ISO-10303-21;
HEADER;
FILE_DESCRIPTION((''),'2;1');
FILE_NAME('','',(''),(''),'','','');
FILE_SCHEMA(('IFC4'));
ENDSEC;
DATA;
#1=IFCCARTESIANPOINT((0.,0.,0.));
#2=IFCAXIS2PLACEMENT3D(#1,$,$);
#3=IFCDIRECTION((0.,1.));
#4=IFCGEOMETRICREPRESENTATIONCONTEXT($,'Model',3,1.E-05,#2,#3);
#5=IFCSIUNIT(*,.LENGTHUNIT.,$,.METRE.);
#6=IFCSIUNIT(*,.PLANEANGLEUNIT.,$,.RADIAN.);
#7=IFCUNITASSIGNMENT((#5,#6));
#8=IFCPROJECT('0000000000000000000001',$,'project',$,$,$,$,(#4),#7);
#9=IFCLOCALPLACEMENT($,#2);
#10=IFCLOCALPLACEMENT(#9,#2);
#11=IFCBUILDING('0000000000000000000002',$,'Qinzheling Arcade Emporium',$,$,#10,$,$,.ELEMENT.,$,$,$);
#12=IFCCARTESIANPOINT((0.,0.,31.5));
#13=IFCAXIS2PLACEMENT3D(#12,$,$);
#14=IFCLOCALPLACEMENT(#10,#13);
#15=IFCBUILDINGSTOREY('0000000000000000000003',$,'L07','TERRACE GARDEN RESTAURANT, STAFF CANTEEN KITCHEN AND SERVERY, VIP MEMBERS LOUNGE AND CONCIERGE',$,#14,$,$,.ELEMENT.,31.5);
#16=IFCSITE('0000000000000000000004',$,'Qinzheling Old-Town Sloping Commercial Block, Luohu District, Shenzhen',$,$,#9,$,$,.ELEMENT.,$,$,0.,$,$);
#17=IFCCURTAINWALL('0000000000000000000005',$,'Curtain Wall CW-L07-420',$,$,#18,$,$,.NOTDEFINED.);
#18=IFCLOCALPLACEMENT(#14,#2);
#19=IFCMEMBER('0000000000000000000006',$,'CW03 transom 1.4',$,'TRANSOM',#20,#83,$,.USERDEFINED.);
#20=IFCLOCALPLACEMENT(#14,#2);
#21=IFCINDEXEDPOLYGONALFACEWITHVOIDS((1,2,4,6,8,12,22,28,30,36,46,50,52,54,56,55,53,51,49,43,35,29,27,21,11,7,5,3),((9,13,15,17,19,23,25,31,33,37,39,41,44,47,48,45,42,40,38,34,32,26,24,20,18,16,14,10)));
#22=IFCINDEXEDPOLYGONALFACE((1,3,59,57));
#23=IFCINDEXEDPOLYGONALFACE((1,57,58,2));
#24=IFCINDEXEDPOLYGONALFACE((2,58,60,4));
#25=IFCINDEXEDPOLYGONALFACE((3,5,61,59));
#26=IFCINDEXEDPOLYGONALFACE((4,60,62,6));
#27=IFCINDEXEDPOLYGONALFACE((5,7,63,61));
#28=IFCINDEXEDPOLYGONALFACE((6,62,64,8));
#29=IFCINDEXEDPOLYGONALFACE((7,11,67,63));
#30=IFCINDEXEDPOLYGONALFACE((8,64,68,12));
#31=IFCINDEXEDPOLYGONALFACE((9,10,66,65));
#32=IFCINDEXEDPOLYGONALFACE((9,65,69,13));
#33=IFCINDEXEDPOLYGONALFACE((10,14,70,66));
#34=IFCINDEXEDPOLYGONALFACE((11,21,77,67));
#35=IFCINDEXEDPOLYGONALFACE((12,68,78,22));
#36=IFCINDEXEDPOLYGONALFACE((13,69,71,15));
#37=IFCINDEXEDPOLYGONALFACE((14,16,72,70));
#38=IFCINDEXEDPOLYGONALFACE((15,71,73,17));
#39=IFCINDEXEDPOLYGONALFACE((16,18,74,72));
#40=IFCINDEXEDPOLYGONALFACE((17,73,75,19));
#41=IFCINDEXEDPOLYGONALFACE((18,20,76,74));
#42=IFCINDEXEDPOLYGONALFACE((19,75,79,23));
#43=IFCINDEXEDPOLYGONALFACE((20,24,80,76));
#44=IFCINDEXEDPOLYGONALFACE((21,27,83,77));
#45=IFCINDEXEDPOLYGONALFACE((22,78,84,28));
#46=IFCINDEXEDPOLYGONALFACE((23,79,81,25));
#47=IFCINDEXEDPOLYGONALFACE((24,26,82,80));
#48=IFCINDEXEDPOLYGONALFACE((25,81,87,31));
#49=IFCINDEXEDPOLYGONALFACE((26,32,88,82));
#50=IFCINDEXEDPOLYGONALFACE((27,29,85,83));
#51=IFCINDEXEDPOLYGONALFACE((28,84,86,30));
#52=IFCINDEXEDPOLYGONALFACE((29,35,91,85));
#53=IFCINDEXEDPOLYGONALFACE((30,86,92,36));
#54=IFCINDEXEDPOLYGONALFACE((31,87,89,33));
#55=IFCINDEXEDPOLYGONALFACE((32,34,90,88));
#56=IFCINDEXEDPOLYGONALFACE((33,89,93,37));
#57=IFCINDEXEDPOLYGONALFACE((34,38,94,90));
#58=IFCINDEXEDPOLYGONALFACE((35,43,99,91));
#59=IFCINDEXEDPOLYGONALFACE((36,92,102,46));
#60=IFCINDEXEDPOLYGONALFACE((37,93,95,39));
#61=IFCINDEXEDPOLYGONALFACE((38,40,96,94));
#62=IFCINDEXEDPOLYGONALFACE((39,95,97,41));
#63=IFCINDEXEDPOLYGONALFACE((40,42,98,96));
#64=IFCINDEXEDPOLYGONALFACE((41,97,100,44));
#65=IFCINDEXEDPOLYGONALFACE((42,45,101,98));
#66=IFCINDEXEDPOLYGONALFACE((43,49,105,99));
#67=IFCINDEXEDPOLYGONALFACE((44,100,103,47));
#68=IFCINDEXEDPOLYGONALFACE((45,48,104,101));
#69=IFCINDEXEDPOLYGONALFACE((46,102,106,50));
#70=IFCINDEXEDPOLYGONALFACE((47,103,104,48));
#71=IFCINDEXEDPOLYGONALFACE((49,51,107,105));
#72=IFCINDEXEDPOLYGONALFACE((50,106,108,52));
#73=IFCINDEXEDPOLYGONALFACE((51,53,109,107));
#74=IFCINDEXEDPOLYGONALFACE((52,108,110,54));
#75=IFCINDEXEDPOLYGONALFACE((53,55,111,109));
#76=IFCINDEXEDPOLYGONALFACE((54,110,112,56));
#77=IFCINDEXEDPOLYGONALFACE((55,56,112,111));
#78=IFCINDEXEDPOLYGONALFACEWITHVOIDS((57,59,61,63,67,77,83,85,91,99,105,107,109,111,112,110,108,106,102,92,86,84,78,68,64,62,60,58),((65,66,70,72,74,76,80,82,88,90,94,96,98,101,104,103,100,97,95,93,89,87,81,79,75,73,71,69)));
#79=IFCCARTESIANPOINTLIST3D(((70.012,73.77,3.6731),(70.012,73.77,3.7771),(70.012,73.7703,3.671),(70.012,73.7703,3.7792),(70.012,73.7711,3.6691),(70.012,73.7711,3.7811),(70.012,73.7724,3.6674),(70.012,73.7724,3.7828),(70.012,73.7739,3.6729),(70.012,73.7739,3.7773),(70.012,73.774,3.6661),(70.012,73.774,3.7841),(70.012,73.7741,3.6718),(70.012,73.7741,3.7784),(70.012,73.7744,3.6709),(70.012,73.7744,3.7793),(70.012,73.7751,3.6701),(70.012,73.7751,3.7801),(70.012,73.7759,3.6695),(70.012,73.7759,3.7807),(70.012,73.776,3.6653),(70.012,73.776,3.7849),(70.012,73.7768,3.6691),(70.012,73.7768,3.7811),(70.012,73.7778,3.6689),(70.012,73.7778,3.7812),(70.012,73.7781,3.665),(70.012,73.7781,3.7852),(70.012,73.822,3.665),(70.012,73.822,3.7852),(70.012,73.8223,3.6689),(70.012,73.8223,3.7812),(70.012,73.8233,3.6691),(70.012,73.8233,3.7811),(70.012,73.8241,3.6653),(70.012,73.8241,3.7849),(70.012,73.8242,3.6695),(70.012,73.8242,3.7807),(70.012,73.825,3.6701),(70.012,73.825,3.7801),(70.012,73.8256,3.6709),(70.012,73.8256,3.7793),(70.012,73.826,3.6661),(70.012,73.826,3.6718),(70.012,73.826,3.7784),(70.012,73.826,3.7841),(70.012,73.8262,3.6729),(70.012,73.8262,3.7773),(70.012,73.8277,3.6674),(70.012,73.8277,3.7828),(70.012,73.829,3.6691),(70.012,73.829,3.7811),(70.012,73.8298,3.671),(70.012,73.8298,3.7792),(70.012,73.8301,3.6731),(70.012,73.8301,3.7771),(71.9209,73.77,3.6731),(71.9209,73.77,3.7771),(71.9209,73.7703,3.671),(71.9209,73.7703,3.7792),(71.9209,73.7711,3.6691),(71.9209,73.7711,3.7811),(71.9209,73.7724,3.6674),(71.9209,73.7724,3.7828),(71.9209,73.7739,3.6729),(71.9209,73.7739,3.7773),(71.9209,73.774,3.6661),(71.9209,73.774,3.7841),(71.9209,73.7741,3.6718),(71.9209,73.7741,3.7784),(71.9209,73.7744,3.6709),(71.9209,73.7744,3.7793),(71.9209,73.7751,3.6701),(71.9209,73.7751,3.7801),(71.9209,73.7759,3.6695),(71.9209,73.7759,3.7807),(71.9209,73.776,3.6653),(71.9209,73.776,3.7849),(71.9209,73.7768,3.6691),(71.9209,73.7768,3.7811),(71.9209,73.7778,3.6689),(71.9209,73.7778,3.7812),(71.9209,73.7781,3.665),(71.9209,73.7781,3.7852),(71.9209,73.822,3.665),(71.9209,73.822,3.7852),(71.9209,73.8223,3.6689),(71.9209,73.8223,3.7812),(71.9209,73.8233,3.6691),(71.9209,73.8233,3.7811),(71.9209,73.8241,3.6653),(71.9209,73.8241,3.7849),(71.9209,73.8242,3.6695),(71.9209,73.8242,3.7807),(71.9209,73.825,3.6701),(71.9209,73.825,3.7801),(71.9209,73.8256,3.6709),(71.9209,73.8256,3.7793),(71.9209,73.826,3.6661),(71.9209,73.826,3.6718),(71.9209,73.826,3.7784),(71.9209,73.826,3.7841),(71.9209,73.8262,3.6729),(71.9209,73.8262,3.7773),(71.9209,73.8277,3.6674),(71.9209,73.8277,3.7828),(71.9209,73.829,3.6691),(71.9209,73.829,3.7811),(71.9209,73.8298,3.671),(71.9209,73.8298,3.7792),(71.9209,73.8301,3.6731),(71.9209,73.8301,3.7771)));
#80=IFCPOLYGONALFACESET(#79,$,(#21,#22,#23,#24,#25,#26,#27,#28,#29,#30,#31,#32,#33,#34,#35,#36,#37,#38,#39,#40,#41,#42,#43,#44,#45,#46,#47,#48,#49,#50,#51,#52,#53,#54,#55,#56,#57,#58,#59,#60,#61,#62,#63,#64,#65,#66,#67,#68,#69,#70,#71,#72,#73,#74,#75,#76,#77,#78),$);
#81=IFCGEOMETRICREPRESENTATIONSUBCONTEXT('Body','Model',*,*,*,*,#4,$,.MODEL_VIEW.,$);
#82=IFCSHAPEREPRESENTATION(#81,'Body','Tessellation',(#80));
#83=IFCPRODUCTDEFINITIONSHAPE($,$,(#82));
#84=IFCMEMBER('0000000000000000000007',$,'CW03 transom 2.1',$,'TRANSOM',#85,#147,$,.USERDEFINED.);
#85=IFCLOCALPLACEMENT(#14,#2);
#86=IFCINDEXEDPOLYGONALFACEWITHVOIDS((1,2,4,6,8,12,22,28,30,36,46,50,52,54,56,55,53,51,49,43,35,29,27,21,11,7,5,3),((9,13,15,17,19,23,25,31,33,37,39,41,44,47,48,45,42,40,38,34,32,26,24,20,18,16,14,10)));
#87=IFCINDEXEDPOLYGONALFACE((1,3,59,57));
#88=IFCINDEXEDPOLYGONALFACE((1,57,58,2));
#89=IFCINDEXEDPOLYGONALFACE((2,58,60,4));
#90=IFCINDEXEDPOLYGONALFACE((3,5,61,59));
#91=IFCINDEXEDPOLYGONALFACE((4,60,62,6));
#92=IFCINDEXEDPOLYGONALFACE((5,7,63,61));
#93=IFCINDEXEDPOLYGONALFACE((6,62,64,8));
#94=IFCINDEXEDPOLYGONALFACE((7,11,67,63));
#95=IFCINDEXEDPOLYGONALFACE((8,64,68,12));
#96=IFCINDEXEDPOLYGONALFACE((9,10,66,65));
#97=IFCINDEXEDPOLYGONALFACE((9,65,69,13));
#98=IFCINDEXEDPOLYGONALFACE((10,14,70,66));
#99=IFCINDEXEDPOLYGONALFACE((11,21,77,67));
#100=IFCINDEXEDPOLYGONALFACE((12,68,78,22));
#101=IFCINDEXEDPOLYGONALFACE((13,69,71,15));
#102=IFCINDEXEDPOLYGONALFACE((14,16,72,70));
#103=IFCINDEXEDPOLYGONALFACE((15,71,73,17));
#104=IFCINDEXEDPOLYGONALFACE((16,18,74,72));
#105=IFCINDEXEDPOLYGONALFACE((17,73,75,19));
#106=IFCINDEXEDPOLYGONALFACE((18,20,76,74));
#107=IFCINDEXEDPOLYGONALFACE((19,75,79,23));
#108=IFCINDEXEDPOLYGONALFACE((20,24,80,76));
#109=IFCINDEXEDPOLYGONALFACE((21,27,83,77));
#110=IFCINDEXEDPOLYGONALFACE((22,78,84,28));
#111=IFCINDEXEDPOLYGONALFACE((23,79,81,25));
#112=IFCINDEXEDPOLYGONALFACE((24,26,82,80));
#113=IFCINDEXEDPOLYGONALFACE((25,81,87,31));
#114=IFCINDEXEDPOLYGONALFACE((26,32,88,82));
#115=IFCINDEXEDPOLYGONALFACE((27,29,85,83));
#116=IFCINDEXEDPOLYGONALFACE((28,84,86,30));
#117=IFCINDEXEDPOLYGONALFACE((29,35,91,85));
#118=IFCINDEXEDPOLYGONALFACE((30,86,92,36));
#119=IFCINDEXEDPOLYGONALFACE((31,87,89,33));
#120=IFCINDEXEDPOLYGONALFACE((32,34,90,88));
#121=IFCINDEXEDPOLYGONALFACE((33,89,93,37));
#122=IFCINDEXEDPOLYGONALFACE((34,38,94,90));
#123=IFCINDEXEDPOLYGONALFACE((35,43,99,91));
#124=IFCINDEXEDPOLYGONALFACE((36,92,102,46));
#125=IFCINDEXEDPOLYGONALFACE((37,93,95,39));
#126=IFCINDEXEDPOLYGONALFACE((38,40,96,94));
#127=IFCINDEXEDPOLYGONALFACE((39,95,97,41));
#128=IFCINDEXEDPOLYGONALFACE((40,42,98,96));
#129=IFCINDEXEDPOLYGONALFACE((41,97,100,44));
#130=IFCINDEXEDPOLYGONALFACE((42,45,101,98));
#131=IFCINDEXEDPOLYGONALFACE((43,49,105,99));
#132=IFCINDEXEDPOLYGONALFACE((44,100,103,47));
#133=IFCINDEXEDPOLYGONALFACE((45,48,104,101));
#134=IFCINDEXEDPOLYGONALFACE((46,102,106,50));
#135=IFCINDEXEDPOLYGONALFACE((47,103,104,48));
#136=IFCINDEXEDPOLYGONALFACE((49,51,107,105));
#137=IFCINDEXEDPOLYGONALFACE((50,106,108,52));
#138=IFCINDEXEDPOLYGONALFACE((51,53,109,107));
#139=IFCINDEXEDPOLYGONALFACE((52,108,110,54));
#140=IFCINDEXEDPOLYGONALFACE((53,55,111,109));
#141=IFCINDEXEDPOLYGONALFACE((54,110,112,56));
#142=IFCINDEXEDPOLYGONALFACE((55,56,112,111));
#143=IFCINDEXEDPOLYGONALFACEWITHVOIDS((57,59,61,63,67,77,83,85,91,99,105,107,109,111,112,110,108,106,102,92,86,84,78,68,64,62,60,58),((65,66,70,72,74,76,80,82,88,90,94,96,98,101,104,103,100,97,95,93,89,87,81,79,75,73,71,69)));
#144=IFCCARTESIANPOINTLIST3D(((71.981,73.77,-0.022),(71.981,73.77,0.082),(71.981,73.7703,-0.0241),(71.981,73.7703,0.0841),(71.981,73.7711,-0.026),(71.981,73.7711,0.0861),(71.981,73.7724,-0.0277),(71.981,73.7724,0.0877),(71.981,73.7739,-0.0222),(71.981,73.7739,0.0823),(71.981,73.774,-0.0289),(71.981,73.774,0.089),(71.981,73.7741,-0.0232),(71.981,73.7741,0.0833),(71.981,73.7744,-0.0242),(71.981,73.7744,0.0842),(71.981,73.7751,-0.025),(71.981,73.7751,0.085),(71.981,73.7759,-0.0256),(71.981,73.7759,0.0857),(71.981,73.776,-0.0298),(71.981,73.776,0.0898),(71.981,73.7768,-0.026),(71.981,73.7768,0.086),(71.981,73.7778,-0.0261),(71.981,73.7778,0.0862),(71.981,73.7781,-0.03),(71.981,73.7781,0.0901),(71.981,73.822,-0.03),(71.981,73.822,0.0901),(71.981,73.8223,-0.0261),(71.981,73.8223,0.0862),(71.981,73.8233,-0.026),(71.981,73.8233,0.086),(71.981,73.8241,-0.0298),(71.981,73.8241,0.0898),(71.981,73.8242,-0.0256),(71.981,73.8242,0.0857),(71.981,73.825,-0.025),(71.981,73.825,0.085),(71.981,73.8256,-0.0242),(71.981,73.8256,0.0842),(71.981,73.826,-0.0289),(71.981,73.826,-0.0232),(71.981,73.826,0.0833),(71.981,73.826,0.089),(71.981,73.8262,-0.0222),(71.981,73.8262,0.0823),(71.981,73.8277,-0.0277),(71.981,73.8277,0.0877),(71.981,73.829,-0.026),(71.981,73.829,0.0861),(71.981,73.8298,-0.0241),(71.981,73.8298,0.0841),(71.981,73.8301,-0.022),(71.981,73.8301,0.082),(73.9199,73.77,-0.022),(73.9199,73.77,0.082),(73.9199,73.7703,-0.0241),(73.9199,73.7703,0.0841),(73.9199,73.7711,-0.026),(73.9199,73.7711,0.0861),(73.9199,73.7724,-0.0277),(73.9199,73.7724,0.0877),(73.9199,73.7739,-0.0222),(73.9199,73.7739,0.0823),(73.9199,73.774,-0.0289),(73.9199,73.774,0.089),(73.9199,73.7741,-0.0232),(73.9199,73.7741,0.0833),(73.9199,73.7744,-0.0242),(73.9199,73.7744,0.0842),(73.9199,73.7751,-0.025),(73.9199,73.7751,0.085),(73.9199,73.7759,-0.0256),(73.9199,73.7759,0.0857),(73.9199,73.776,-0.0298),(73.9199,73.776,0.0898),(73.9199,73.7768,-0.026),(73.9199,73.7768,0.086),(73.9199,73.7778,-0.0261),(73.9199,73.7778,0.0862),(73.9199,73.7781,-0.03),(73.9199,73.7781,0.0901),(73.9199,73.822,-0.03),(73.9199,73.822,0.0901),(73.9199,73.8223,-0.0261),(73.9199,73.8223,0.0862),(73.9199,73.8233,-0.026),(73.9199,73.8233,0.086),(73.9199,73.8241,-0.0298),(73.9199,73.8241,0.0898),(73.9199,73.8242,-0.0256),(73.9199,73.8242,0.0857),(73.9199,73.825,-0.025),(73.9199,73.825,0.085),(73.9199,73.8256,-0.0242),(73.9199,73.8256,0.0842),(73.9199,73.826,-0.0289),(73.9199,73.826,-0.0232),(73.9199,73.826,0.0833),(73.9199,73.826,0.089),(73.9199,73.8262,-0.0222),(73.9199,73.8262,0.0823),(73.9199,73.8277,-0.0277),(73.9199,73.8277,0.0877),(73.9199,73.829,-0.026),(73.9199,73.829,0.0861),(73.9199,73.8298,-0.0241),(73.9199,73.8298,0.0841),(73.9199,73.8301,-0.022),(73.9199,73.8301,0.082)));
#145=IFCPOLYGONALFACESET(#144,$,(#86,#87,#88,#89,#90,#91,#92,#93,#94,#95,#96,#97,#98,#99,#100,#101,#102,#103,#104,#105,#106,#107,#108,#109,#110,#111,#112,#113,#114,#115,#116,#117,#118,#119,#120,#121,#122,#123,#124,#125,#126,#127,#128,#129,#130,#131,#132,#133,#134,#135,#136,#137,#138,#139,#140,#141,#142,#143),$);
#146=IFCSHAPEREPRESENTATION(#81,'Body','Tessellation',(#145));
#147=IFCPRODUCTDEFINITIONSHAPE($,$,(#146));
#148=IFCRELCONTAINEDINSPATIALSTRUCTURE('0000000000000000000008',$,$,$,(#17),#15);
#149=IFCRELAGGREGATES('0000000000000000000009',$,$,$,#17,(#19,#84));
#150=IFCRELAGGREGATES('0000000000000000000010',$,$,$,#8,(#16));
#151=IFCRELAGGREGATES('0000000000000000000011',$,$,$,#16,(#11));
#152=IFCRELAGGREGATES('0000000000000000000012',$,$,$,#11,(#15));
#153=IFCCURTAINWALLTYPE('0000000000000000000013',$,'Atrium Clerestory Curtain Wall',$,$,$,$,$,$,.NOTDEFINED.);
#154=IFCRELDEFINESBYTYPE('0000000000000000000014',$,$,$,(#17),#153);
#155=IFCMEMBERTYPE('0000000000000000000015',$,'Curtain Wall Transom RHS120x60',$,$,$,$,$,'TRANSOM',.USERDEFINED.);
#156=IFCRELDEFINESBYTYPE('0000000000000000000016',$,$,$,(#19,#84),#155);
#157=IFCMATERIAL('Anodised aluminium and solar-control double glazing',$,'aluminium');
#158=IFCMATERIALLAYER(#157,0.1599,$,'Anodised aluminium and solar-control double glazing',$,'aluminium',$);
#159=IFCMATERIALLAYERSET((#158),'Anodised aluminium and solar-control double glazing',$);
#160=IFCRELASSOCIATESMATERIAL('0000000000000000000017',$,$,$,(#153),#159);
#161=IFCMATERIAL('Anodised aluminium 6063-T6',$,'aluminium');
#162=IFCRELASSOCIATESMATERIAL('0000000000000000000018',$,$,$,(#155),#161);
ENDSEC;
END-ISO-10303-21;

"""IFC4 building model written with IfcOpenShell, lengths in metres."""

from ifc_helpers import new_model, si_unit, direction, frame, origin, origin_2d, place, context, subcontext, project, spatial, hollow_rectangle, extrude, material, layer, layer_set, material_profile, profile_set, type_object, element, aggregate, save


model = new_model("IFC4")

# Units and contexts
model_context = context("Model", 3, precision=1e-05, world=origin(), true_north=direction((0.0, 1.0)))
body_context = subcontext(model_context, "Body", "Model", "MODEL_VIEW")
ifc_project = project(units=[si_unit("LENGTHUNIT", "METRE"), si_unit("PLANEANGLEUNIT", "RADIAN")], contexts=[model_context])

# Site, building, storey
site_placement = place(None, origin())
site = spatial("IfcSite", under=ifc_project, at=site_placement, Name="Qinzheling Old-Town Sloping Commercial Block, Luohu District, Shenzhen", CompositionType="ELEMENT", RefElevation=0.0)
building_placement = place(site_placement, origin())
building = spatial("IfcBuilding", under=site, at=building_placement, Name="Qinzheling Arcade Emporium", CompositionType="ELEMENT")
storey_placement = place(building_placement, frame((0.0, 0.0, 31.5)))
storey = spatial("IfcBuildingStorey", under=building, at=storey_placement, Name="L07", Description="TERRACE GARDEN RESTAURANT, STAFF CANTEEN KITCHEN AND SERVERY, VIP MEMBERS LOUNGE AND CONCIERGE", CompositionType="ELEMENT", Elevation=31.5)

# Shared definitions
ifc_material_1 = material(Name="Anodised aluminium and solar-control double glazing", Category="aluminium")
ifc_layer_1 = layer(ifc_material_1, 0.1599, Name="Anodised aluminium and solar-control double glazing", Category="aluminium")
ifc_layer_set_1 = layer_set([ifc_layer_1], Name="Anodised aluminium and solar-control double glazing")
curtain_wall_type = type_object("IfcCurtainWallType", Name="Atrium Clerestory Curtain Wall", PredefinedType="NOTDEFINED", material=ifc_layer_set_1)
ifc_material_2 = material(Name="Anodised aluminium 6063-T6", Category="aluminium")

# Curtain wall
curtain_wall_1_placement = place(storey_placement, origin())
curtain_wall_1 = element("IfcCurtainWall", 1, at=curtain_wall_1_placement, inside=storey, type_object=curtain_wall_type, Name="Curtain Wall CW-L07-420", PredefinedType="NOTDEFINED")

# Members
ifc_material_profile_1 = material_profile(ifc_material_2, hollow_rectangle(XDim=0.0601, YDim=0.1201, WallThickness=0.0039, InnerFilletRadius=0.0039, OuterFilletRadius=0.0081, at=origin_2d()), Name="RHS 120x60x4", Category="aluminium")
ifc_profile_set_1 = profile_set([ifc_material_profile_1], Name="Anodised aluminium 6063-T6")
member_type_1 = type_object("IfcMemberType", Name="Curtain Wall Transom RHS120x60", ElementType="TRANSOM", PredefinedType="USERDEFINED", material=ifc_profile_set_1)
member_1_placement = place(storey_placement, frame((70.012, 73.8, 3.7251), z_axis=(1.0, 0.0, 0.0), x_axis=(0.0, 1.0, 0.0)))
member_1 = element("IfcMember", 2, at=member_1_placement, type_object=member_type_1, Name="CW03 transom 1.4", ObjectType="TRANSOM", PredefinedType="USERDEFINED", context=body_context, shape_type="SweptSolid", body=[
    extrude(hollow_rectangle(XDim=0.0601, YDim=0.1201, WallThickness=0.0039, InnerFilletRadius=0.0039, OuterFilletRadius=0.0081, at=origin_2d()), origin(), (0.0, 0.0, 1.0), 1.9089),
])
member_2_placement = place(storey_placement, frame((71.981, 73.8, 0.03), z_axis=(1.0, 0.0, 0.0), x_axis=(0.0, 1.0, 0.0)))
member_2 = element("IfcMember", 3, at=member_2_placement, type_object=member_type_1, Name="CW03 transom 2.1", ObjectType="TRANSOM", PredefinedType="USERDEFINED", context=body_context, shape_type="SweptSolid", body=[
    extrude(hollow_rectangle(XDim=0.0601, YDim=0.1201, WallThickness=0.0039, InnerFilletRadius=0.0039, OuterFilletRadius=0.0081, at=origin_2d()), origin(), (0.0, 0.0, 1.0), 1.939),
])

aggregate(curtain_wall_1, [member_1, member_2])

save(model, "model.ifc")
